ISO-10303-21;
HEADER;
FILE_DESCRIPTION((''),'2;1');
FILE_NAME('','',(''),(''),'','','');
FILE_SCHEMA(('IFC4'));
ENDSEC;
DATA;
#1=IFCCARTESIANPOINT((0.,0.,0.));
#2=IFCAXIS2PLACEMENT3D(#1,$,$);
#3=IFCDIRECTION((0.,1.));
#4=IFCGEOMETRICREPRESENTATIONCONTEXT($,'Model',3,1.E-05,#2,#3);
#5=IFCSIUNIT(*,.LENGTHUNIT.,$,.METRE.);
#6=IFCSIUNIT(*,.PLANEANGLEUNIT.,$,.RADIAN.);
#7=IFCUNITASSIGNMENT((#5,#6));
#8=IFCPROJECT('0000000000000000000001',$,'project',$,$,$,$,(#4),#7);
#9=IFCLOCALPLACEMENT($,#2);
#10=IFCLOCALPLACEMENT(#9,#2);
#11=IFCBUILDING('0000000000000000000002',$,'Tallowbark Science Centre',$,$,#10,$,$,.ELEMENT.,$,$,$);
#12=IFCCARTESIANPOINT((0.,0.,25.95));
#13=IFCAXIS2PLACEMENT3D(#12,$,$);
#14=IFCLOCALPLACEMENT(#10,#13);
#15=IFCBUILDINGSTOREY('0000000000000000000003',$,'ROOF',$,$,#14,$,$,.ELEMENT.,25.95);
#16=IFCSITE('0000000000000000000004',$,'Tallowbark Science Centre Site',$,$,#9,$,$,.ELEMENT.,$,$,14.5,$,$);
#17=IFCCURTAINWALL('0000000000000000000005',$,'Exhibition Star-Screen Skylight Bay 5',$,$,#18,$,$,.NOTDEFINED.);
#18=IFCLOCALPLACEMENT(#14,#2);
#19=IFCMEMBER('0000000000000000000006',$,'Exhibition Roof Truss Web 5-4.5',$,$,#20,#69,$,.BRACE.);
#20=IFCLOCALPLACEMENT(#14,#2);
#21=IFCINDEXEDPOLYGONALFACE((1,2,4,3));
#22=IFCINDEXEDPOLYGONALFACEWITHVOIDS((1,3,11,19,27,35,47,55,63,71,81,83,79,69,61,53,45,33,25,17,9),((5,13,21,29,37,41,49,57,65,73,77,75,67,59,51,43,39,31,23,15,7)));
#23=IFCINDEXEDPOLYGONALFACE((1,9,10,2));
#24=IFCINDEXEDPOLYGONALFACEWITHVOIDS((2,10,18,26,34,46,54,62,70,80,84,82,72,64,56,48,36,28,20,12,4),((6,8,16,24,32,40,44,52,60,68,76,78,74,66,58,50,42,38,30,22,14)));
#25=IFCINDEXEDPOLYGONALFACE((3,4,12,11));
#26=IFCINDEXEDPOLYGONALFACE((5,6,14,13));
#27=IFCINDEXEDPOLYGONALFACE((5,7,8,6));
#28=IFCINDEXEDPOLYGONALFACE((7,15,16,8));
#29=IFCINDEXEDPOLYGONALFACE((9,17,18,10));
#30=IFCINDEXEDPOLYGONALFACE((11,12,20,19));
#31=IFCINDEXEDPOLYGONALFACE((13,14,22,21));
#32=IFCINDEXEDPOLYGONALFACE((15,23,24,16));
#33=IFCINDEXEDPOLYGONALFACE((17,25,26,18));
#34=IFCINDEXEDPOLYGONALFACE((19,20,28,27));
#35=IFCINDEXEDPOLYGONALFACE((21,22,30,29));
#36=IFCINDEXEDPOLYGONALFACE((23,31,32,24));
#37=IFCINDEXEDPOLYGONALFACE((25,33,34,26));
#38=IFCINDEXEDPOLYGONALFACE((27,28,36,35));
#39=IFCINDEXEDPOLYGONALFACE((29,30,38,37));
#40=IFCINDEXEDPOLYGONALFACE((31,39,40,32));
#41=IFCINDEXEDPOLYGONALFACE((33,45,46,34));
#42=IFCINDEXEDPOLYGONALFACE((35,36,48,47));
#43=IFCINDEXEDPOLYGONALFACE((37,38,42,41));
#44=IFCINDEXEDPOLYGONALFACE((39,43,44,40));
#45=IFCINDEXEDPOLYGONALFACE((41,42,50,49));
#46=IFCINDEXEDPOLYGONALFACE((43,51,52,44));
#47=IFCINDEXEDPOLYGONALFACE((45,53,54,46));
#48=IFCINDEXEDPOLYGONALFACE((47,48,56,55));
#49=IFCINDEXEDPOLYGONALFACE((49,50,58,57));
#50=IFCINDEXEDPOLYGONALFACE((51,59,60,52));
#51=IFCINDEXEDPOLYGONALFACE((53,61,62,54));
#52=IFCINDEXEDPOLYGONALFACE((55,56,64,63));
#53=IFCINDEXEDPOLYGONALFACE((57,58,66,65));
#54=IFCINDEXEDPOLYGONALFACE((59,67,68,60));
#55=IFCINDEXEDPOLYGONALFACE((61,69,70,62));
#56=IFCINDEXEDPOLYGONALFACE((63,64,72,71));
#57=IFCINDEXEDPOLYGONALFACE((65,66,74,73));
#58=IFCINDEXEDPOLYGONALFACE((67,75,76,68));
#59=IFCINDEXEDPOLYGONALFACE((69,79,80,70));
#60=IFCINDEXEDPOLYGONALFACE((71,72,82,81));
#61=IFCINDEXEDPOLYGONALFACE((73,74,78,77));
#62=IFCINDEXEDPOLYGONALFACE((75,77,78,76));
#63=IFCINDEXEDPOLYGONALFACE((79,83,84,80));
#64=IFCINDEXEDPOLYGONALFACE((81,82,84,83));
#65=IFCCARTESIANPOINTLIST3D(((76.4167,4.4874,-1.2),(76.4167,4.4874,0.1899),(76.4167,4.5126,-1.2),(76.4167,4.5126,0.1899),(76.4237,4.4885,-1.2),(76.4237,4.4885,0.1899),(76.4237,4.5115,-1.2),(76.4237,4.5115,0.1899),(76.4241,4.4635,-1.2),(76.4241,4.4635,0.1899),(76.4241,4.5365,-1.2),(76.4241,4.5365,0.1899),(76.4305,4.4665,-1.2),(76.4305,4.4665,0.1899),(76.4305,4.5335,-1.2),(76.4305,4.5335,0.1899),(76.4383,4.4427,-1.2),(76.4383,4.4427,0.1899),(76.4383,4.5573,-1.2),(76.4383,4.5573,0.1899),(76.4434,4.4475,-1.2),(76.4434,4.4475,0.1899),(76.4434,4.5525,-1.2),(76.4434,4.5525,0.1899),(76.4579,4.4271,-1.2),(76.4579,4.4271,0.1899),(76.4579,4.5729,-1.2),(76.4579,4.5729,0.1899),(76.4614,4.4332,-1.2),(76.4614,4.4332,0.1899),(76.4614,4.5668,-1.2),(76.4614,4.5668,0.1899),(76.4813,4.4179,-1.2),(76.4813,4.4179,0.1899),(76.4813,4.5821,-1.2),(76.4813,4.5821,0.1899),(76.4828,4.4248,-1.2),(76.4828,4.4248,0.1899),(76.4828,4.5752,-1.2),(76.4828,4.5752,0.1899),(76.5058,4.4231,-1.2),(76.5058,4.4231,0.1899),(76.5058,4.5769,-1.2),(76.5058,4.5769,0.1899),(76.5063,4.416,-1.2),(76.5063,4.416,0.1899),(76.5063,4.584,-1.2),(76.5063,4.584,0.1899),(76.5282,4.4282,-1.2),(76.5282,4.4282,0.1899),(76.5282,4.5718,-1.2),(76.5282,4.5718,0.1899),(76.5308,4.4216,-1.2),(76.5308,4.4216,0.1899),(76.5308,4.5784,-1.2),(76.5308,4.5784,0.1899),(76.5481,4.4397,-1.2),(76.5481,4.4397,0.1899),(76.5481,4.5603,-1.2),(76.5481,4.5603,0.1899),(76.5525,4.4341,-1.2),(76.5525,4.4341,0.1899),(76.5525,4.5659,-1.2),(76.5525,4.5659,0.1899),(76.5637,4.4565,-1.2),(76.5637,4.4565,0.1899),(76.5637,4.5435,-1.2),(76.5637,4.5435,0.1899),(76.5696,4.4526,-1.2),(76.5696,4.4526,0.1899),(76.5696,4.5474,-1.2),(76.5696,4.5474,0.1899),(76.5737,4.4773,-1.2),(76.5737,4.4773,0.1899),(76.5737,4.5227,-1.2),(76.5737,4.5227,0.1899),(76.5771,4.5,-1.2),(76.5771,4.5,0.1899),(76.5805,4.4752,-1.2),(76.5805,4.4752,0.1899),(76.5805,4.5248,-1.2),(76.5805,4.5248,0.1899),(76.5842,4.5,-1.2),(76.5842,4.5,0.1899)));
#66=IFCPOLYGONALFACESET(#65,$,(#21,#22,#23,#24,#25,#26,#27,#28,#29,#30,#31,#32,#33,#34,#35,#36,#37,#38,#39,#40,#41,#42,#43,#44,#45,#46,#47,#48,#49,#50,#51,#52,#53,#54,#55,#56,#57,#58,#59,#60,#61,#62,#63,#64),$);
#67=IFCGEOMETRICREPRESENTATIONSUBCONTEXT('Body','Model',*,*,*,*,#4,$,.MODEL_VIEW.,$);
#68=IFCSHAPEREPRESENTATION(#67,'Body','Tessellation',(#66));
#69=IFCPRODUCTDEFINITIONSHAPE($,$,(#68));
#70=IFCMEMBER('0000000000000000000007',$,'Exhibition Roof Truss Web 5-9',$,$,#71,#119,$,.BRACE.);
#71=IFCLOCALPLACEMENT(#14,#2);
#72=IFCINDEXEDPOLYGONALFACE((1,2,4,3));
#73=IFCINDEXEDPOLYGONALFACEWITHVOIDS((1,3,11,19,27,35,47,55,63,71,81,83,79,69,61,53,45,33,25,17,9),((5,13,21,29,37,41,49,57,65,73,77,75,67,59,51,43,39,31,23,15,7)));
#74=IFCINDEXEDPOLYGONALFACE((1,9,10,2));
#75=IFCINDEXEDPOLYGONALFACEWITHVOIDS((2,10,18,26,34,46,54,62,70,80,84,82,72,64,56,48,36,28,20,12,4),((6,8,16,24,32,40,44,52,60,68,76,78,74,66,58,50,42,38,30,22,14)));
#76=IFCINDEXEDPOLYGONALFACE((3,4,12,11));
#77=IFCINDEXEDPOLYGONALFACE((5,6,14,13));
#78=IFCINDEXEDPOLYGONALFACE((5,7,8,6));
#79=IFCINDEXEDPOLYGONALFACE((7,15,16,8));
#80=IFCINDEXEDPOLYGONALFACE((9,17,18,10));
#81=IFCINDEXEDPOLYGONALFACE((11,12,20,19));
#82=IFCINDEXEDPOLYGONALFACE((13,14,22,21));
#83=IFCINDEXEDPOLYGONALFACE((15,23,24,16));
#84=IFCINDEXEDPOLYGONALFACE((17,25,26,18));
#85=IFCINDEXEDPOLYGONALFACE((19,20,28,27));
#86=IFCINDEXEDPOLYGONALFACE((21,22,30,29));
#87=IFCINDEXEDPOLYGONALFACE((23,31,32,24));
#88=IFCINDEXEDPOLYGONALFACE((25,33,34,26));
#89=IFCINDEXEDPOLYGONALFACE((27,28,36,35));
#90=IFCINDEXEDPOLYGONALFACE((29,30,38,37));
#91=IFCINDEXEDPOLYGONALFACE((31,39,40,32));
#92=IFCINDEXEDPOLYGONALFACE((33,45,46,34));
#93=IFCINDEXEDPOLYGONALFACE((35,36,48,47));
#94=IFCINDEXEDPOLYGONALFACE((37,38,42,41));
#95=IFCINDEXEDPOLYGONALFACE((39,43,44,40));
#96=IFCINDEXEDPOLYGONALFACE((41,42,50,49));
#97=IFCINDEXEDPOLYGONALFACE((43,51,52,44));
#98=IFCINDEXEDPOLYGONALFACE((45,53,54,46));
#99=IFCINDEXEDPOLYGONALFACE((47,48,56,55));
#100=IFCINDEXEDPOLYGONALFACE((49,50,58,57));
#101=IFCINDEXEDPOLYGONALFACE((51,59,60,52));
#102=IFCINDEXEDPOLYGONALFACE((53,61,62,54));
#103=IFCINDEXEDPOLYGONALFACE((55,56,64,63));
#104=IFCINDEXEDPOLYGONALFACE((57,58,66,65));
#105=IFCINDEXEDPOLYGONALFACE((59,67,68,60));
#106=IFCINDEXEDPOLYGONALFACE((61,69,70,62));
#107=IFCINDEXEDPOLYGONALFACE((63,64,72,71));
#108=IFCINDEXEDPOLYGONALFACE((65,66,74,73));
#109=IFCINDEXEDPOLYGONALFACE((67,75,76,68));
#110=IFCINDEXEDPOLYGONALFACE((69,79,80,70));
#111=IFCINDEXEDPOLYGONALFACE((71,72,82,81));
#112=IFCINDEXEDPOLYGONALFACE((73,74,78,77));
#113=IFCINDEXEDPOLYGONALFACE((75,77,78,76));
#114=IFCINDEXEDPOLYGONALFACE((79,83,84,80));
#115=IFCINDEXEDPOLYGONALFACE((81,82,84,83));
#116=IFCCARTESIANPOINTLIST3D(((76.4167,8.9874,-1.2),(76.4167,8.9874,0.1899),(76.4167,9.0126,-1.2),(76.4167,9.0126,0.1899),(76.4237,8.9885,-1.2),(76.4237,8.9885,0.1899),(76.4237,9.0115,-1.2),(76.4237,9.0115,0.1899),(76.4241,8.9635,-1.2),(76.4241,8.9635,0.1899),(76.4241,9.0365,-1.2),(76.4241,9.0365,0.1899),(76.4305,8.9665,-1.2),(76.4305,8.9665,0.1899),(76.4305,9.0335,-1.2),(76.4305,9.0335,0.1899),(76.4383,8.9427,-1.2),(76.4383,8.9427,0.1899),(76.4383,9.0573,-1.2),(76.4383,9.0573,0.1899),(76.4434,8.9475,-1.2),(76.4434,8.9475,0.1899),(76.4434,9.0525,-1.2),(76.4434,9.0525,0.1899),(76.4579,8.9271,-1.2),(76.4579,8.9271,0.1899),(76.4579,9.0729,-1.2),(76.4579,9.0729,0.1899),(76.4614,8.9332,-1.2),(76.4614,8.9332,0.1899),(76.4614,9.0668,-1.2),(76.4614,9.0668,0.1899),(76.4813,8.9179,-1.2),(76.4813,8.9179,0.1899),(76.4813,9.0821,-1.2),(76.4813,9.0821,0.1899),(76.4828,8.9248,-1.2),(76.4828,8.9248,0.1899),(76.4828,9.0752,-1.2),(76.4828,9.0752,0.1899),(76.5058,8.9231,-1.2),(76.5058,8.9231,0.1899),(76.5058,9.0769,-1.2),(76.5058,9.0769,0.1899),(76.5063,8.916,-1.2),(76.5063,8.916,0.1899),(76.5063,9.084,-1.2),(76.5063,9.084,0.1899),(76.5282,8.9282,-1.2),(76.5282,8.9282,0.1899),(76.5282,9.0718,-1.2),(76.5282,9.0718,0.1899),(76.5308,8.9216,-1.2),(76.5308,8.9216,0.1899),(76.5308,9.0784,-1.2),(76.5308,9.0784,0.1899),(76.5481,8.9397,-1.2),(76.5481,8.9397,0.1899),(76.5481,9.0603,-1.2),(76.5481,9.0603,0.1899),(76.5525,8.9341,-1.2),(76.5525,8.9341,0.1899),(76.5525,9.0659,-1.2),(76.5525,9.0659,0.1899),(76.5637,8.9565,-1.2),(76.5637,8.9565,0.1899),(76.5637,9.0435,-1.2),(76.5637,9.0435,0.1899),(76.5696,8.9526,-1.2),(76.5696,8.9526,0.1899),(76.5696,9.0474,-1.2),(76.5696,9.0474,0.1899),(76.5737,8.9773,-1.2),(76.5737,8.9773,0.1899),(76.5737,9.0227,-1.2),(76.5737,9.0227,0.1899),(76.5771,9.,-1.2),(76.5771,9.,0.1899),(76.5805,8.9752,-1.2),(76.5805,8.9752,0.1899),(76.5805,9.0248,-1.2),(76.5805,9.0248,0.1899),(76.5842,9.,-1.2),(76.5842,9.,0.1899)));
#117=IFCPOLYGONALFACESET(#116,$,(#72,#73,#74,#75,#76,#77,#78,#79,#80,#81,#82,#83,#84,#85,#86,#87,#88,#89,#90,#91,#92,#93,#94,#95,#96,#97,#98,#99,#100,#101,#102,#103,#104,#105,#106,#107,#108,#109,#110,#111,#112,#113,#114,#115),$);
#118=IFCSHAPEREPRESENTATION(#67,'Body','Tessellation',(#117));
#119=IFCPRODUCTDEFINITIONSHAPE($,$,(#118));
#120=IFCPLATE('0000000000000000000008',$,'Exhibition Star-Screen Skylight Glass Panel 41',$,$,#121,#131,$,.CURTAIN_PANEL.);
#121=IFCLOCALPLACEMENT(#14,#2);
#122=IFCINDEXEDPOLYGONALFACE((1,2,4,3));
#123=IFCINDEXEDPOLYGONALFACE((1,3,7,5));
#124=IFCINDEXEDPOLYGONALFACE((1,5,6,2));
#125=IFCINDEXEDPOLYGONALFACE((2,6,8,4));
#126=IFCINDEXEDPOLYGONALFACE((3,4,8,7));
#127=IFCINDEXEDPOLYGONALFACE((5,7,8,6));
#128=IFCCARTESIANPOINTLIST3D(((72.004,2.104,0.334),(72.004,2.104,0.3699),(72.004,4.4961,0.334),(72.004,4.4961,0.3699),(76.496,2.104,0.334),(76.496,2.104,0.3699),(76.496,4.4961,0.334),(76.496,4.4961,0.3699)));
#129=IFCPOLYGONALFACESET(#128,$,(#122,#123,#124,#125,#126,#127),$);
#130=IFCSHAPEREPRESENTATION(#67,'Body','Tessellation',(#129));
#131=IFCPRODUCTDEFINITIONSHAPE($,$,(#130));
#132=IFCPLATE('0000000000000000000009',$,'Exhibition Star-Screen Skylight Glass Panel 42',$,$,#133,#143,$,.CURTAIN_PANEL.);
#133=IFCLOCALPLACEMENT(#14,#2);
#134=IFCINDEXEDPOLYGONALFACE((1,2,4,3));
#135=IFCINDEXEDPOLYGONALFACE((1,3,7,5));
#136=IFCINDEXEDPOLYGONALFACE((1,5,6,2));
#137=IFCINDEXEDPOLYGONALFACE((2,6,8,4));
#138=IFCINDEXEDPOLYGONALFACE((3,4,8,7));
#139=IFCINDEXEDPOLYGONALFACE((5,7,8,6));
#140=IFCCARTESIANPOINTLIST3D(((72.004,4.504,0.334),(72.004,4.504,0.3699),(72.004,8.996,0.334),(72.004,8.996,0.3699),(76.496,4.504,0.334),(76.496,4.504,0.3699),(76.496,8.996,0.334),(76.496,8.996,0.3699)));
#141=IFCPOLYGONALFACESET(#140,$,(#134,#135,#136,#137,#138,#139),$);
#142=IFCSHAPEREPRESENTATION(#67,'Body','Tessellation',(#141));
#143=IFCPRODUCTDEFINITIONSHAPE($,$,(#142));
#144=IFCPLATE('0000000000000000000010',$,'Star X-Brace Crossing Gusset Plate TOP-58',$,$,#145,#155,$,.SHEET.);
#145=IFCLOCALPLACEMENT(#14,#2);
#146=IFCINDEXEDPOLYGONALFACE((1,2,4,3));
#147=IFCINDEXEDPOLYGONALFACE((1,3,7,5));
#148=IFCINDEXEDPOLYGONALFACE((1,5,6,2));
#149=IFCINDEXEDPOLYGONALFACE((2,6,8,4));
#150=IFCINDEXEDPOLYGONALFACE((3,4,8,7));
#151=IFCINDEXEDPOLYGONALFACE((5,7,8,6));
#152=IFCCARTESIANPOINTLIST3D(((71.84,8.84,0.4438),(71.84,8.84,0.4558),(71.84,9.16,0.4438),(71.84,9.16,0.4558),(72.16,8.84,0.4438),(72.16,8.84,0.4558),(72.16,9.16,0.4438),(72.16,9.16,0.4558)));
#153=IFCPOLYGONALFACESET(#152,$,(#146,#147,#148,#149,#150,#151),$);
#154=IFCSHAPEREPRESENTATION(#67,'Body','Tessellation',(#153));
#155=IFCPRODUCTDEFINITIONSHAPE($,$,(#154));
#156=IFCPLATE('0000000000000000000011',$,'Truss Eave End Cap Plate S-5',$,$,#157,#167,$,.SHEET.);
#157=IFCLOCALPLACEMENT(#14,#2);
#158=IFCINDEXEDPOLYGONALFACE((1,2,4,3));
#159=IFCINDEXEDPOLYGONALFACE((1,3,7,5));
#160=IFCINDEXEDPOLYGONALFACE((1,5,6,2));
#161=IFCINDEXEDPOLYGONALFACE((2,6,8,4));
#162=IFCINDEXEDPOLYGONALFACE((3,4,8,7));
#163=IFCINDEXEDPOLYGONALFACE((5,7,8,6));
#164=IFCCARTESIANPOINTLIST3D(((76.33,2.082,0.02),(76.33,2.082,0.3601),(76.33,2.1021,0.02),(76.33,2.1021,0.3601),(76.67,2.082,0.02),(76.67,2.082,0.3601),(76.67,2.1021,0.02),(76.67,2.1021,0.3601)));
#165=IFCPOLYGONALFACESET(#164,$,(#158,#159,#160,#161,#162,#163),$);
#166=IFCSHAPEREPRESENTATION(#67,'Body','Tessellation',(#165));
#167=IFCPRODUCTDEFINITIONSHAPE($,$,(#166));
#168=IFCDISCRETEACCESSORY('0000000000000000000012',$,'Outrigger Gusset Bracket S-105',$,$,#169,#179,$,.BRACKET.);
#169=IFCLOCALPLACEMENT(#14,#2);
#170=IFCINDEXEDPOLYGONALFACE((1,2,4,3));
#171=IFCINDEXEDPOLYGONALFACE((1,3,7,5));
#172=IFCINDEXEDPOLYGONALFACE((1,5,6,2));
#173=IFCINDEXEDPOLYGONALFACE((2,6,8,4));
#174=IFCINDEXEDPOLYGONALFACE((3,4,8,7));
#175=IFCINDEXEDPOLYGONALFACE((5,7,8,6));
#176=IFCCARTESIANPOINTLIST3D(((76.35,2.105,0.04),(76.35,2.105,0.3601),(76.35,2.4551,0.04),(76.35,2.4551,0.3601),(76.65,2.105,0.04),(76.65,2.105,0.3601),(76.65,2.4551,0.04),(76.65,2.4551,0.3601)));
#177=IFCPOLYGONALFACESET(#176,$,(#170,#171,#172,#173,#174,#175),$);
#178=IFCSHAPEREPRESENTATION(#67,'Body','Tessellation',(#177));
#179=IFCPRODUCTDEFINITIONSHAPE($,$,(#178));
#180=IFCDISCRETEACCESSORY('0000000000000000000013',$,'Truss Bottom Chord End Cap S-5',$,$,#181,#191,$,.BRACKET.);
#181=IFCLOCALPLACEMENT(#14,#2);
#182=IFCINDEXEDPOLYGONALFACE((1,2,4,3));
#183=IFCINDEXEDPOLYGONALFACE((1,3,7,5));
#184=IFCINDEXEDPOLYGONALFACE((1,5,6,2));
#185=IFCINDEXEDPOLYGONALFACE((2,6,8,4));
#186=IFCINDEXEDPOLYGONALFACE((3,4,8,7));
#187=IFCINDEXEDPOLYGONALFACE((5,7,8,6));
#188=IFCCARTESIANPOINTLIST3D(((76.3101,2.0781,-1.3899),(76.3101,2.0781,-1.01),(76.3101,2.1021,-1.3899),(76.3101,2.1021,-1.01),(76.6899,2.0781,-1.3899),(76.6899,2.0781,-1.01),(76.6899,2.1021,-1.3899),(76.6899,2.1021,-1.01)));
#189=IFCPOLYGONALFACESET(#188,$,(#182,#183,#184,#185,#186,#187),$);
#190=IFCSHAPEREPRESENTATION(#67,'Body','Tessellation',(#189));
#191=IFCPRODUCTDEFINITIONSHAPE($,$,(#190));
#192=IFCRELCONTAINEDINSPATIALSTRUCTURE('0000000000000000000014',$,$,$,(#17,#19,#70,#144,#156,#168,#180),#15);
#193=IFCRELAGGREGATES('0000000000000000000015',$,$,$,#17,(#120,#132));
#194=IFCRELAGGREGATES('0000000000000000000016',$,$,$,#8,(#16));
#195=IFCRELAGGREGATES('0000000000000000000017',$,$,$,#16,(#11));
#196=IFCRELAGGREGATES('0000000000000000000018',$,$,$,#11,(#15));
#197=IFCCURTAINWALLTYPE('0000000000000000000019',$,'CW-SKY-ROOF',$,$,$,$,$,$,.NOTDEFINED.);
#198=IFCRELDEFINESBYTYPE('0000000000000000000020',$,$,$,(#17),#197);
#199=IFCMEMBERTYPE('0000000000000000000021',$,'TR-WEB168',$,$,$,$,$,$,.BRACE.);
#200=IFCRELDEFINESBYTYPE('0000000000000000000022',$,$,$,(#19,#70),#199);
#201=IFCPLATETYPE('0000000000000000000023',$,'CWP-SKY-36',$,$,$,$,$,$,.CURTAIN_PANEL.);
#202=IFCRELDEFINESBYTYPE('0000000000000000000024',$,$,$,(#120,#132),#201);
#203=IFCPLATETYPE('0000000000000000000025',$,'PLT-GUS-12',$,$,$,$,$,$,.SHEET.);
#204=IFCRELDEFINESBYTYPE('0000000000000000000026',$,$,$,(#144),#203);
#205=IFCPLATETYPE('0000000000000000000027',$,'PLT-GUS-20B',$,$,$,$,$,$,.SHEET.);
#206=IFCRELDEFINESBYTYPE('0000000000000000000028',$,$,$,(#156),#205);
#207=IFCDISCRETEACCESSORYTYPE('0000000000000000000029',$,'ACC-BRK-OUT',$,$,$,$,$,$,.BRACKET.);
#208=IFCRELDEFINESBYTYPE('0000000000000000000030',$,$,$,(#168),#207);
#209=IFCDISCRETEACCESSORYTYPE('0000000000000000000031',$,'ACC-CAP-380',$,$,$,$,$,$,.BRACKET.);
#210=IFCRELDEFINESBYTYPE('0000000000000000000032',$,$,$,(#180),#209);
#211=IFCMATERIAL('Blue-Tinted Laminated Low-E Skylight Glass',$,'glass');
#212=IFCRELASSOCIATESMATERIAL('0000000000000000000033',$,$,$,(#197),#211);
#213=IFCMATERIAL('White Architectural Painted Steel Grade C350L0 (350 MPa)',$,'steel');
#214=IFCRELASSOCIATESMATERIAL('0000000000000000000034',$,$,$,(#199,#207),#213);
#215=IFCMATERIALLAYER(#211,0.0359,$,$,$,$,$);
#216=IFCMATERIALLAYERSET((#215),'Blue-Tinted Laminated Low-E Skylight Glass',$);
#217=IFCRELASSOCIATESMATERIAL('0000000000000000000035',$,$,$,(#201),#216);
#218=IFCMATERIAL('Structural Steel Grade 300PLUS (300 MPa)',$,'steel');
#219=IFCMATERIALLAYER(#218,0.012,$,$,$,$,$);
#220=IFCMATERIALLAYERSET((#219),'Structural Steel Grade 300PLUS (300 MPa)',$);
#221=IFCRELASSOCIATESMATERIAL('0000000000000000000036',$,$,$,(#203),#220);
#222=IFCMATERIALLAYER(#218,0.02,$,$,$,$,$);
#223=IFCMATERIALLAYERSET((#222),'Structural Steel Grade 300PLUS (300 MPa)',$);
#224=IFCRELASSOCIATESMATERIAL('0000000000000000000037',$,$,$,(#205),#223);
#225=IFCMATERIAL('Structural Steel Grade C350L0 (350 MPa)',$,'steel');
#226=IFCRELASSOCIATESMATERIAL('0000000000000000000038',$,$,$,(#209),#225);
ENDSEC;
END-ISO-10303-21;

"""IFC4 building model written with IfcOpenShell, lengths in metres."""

from ifc_helpers import new_model, si_unit, direction, frame, origin, origin_2d, place, context, subcontext, project, spatial, rectangle, hollow_circle, extrude, material, layer, layer_set, material_profile, profile_set, type_object, element, aggregate, save


model = new_model("IFC4")

# Units and contexts
model_context = context("Model", 3, precision=1e-05, world=origin(), true_north=direction((0.0, 1.0)))
body_context = subcontext(model_context, "Body", "Model", "MODEL_VIEW")
ifc_project = project(units=[si_unit("LENGTHUNIT", "METRE"), si_unit("PLANEANGLEUNIT", "RADIAN")], contexts=[model_context])

# Site, building, storey
site_placement = place(None, origin())
site = spatial("IfcSite", under=ifc_project, at=site_placement, Name="Tallowbark Science Centre Site", CompositionType="ELEMENT", RefElevation=14.5)
building_placement = place(site_placement, origin())
building = spatial("IfcBuilding", under=site, at=building_placement, Name="Tallowbark Science Centre", CompositionType="ELEMENT")
storey_placement = place(building_placement, frame((0.0, 0.0, 25.95)))
storey = spatial("IfcBuildingStorey", under=building, at=storey_placement, Name="ROOF", CompositionType="ELEMENT", Elevation=25.95)

# Shared definitions
ifc_material_1 = material(Name="White Architectural Painted Steel Grade C350L0 (350 MPa)", Category="steel")

# Curtain wall
ifc_material_2 = material(Name="Blue-Tinted Laminated Low-E Skylight Glass", Category="glass")
curtain_wall_type = type_object("IfcCurtainWallType", Name="CW-SKY-ROOF", PredefinedType="NOTDEFINED", material=ifc_material_2)
curtain_wall_1_placement = place(storey_placement, origin())
curtain_wall_1 = element("IfcCurtainWall", 1, at=curtain_wall_1_placement, inside=storey, type_object=curtain_wall_type, Name="Exhibition Star-Screen Skylight Bay 5", PredefinedType="NOTDEFINED")

# Members
ifc_material_profile_1 = material_profile(ifc_material_1, hollow_circle(Radius=0.0842, WallThickness=0.0071, at=origin_2d()), Name="168.3x7.1CHS")
ifc_profile_set_1 = profile_set([ifc_material_profile_1], Name="White Architectural Painted Steel Grade C350L0 (350 MPa)")
member_type_1 = type_object("IfcMemberType", Name="TR-WEB168", PredefinedType="BRACE", material=ifc_profile_set_1)
for number, where, z_axis, x_axis, name in (
    (2, (76.5, 4.5, -1.2), (0.0, 0.0, 1.0), (1.0, 0.0, 0.0), "Exhibition Roof Truss Web 5-4.5"),
    (3, (76.5, 9.0, -1.2), (0.0, 0.0, 1.0), (1.0, 0.0, 0.0), "Exhibition Roof Truss Web 5-9"),
):
    element("IfcMember", number, at=place(storey_placement, frame(where, z_axis=z_axis, x_axis=x_axis)), inside=storey, type_object=member_type_1, Name=name, PredefinedType="BRACE", context=body_context, shape_type="SweptSolid", body=[
        extrude(hollow_circle(Radius=0.0842, WallThickness=0.0071, at=origin_2d()), origin(), (0.0, 0.0, 1.0), 1.3899),
    ])

# Plates
ifc_layer_1 = layer(ifc_material_2, 0.0359)
ifc_layer_set_1 = layer_set([ifc_layer_1], Name="Blue-Tinted Laminated Low-E Skylight Glass")
plate_type_1 = type_object("IfcPlateType", Name="CWP-SKY-36", PredefinedType="CURTAIN_PANEL", material=ifc_layer_set_1)
plate_1_placement = place(storey_placement, frame((74.25, 3.3, 0.334), z_axis=(0.0, 0.0, 1.0), x_axis=(1.0, 0.0, 0.0)))
plate_1 = element("IfcPlate", 4, at=plate_1_placement, type_object=plate_type_1, Name="Exhibition Star-Screen Skylight Glass Panel 41", PredefinedType="CURTAIN_PANEL", context=body_context, shape_type="SweptSolid", body=[
    extrude(rectangle(XDim=4.4919, YDim=2.3921, at=origin_2d()), origin(), (0.0, 0.0, 1.0), 0.0359),
])
plate_2_placement = place(storey_placement, frame((74.25, 6.75, 0.334), z_axis=(0.0, 0.0, 1.0), x_axis=(1.0, 0.0, 0.0)))
plate_2 = element("IfcPlate", 5, at=plate_2_placement, type_object=plate_type_1, Name="Exhibition Star-Screen Skylight Glass Panel 42", PredefinedType="CURTAIN_PANEL", context=body_context, shape_type="SweptSolid", body=[
    extrude(rectangle(XDim=4.4919, YDim=4.4919, at=origin_2d()), origin(), (0.0, 0.0, 1.0), 0.0359),
])
aggregate(curtain_wall_1, [plate_1, plate_2])

# Plates
ifc_material_3 = material(Name="Structural Steel Grade 300PLUS (300 MPa)", Category="steel")
ifc_layer_2 = layer(ifc_material_3, 0.012)
ifc_layer_set_2 = layer_set([ifc_layer_2], Name="Structural Steel Grade 300PLUS (300 MPa)")
plate_type_2 = type_object("IfcPlateType", Name="PLT-GUS-12", PredefinedType="SHEET", material=ifc_layer_set_2)
plate_3_placement = place(storey_placement, frame((72.0, 9.0, 0.4438), z_axis=(0.0, 0.0, 1.0), x_axis=(1.0, 0.0, 0.0)))
element("IfcPlate", 6, at=plate_3_placement, inside=storey, type_object=plate_type_2, Name="Star X-Brace Crossing Gusset Plate TOP-58", PredefinedType="SHEET", context=body_context, shape_type="SweptSolid", body=[
    extrude(rectangle(XDim=0.3201, YDim=0.3201, at=origin_2d()), origin(), (0.0, 0.0, 1.0), 0.012),
])
ifc_layer_3 = layer(ifc_material_3, 0.02)
ifc_layer_set_3 = layer_set([ifc_layer_3], Name="Structural Steel Grade 300PLUS (300 MPa)")
plate_type_3 = type_object("IfcPlateType", Name="PLT-GUS-20B", PredefinedType="SHEET", material=ifc_layer_set_3)
plate_4_placement = place(storey_placement, frame((76.5, 2.092, 0.02), z_axis=(0.0, 0.0, 1.0), x_axis=(1.0, 0.0, 0.0)))
element("IfcPlate", 7, at=plate_4_placement, inside=storey, type_object=plate_type_3, Name="Truss Eave End Cap Plate S-5", PredefinedType="SHEET", context=body_context, shape_type="SweptSolid", body=[
    extrude(rectangle(XDim=0.3401, YDim=0.02, at=origin_2d()), origin(), (0.0, 0.0, 1.0), 0.3401),
])

# Discrete accessories
discrete_accessory_type_1 = type_object("IfcDiscreteAccessoryType", Name="ACC-BRK-OUT", PredefinedType="BRACKET", material=ifc_material_1)
discrete_accessory_1_placement = place(storey_placement, frame((76.5, 2.28, 0.04), z_axis=(0.0, 0.0, 1.0), x_axis=(1.0, 0.0, 0.0)))
element("IfcDiscreteAccessory", 8, at=discrete_accessory_1_placement, inside=storey, type_object=discrete_accessory_type_1, Name="Outrigger Gusset Bracket S-105", PredefinedType="BRACKET", context=body_context, shape_type="SweptSolid", body=[
    extrude(rectangle(XDim=0.3, YDim=0.3501, at=origin_2d()), origin(), (0.0, 0.0, 1.0), 0.3201),
])
ifc_material_4 = material(Name="Structural Steel Grade C350L0 (350 MPa)", Category="steel")
discrete_accessory_type_2 = type_object("IfcDiscreteAccessoryType", Name="ACC-CAP-380", PredefinedType="BRACKET", material=ifc_material_4)
discrete_accessory_2_placement = place(storey_placement, frame((76.5, 2.0901, -1.3899), z_axis=(0.0, 0.0, 1.0), x_axis=(1.0, 0.0, 0.0)))
element("IfcDiscreteAccessory", 9, at=discrete_accessory_2_placement, inside=storey, type_object=discrete_accessory_type_2, Name="Truss Bottom Chord End Cap S-5", PredefinedType="BRACKET", context=body_context, shape_type="SweptSolid", body=[
    extrude(rectangle(XDim=0.3799, YDim=0.0239, at=origin_2d()), origin(), (0.0, 0.0, 1.0), 0.3799),
])

save(model, "model.ifc")
